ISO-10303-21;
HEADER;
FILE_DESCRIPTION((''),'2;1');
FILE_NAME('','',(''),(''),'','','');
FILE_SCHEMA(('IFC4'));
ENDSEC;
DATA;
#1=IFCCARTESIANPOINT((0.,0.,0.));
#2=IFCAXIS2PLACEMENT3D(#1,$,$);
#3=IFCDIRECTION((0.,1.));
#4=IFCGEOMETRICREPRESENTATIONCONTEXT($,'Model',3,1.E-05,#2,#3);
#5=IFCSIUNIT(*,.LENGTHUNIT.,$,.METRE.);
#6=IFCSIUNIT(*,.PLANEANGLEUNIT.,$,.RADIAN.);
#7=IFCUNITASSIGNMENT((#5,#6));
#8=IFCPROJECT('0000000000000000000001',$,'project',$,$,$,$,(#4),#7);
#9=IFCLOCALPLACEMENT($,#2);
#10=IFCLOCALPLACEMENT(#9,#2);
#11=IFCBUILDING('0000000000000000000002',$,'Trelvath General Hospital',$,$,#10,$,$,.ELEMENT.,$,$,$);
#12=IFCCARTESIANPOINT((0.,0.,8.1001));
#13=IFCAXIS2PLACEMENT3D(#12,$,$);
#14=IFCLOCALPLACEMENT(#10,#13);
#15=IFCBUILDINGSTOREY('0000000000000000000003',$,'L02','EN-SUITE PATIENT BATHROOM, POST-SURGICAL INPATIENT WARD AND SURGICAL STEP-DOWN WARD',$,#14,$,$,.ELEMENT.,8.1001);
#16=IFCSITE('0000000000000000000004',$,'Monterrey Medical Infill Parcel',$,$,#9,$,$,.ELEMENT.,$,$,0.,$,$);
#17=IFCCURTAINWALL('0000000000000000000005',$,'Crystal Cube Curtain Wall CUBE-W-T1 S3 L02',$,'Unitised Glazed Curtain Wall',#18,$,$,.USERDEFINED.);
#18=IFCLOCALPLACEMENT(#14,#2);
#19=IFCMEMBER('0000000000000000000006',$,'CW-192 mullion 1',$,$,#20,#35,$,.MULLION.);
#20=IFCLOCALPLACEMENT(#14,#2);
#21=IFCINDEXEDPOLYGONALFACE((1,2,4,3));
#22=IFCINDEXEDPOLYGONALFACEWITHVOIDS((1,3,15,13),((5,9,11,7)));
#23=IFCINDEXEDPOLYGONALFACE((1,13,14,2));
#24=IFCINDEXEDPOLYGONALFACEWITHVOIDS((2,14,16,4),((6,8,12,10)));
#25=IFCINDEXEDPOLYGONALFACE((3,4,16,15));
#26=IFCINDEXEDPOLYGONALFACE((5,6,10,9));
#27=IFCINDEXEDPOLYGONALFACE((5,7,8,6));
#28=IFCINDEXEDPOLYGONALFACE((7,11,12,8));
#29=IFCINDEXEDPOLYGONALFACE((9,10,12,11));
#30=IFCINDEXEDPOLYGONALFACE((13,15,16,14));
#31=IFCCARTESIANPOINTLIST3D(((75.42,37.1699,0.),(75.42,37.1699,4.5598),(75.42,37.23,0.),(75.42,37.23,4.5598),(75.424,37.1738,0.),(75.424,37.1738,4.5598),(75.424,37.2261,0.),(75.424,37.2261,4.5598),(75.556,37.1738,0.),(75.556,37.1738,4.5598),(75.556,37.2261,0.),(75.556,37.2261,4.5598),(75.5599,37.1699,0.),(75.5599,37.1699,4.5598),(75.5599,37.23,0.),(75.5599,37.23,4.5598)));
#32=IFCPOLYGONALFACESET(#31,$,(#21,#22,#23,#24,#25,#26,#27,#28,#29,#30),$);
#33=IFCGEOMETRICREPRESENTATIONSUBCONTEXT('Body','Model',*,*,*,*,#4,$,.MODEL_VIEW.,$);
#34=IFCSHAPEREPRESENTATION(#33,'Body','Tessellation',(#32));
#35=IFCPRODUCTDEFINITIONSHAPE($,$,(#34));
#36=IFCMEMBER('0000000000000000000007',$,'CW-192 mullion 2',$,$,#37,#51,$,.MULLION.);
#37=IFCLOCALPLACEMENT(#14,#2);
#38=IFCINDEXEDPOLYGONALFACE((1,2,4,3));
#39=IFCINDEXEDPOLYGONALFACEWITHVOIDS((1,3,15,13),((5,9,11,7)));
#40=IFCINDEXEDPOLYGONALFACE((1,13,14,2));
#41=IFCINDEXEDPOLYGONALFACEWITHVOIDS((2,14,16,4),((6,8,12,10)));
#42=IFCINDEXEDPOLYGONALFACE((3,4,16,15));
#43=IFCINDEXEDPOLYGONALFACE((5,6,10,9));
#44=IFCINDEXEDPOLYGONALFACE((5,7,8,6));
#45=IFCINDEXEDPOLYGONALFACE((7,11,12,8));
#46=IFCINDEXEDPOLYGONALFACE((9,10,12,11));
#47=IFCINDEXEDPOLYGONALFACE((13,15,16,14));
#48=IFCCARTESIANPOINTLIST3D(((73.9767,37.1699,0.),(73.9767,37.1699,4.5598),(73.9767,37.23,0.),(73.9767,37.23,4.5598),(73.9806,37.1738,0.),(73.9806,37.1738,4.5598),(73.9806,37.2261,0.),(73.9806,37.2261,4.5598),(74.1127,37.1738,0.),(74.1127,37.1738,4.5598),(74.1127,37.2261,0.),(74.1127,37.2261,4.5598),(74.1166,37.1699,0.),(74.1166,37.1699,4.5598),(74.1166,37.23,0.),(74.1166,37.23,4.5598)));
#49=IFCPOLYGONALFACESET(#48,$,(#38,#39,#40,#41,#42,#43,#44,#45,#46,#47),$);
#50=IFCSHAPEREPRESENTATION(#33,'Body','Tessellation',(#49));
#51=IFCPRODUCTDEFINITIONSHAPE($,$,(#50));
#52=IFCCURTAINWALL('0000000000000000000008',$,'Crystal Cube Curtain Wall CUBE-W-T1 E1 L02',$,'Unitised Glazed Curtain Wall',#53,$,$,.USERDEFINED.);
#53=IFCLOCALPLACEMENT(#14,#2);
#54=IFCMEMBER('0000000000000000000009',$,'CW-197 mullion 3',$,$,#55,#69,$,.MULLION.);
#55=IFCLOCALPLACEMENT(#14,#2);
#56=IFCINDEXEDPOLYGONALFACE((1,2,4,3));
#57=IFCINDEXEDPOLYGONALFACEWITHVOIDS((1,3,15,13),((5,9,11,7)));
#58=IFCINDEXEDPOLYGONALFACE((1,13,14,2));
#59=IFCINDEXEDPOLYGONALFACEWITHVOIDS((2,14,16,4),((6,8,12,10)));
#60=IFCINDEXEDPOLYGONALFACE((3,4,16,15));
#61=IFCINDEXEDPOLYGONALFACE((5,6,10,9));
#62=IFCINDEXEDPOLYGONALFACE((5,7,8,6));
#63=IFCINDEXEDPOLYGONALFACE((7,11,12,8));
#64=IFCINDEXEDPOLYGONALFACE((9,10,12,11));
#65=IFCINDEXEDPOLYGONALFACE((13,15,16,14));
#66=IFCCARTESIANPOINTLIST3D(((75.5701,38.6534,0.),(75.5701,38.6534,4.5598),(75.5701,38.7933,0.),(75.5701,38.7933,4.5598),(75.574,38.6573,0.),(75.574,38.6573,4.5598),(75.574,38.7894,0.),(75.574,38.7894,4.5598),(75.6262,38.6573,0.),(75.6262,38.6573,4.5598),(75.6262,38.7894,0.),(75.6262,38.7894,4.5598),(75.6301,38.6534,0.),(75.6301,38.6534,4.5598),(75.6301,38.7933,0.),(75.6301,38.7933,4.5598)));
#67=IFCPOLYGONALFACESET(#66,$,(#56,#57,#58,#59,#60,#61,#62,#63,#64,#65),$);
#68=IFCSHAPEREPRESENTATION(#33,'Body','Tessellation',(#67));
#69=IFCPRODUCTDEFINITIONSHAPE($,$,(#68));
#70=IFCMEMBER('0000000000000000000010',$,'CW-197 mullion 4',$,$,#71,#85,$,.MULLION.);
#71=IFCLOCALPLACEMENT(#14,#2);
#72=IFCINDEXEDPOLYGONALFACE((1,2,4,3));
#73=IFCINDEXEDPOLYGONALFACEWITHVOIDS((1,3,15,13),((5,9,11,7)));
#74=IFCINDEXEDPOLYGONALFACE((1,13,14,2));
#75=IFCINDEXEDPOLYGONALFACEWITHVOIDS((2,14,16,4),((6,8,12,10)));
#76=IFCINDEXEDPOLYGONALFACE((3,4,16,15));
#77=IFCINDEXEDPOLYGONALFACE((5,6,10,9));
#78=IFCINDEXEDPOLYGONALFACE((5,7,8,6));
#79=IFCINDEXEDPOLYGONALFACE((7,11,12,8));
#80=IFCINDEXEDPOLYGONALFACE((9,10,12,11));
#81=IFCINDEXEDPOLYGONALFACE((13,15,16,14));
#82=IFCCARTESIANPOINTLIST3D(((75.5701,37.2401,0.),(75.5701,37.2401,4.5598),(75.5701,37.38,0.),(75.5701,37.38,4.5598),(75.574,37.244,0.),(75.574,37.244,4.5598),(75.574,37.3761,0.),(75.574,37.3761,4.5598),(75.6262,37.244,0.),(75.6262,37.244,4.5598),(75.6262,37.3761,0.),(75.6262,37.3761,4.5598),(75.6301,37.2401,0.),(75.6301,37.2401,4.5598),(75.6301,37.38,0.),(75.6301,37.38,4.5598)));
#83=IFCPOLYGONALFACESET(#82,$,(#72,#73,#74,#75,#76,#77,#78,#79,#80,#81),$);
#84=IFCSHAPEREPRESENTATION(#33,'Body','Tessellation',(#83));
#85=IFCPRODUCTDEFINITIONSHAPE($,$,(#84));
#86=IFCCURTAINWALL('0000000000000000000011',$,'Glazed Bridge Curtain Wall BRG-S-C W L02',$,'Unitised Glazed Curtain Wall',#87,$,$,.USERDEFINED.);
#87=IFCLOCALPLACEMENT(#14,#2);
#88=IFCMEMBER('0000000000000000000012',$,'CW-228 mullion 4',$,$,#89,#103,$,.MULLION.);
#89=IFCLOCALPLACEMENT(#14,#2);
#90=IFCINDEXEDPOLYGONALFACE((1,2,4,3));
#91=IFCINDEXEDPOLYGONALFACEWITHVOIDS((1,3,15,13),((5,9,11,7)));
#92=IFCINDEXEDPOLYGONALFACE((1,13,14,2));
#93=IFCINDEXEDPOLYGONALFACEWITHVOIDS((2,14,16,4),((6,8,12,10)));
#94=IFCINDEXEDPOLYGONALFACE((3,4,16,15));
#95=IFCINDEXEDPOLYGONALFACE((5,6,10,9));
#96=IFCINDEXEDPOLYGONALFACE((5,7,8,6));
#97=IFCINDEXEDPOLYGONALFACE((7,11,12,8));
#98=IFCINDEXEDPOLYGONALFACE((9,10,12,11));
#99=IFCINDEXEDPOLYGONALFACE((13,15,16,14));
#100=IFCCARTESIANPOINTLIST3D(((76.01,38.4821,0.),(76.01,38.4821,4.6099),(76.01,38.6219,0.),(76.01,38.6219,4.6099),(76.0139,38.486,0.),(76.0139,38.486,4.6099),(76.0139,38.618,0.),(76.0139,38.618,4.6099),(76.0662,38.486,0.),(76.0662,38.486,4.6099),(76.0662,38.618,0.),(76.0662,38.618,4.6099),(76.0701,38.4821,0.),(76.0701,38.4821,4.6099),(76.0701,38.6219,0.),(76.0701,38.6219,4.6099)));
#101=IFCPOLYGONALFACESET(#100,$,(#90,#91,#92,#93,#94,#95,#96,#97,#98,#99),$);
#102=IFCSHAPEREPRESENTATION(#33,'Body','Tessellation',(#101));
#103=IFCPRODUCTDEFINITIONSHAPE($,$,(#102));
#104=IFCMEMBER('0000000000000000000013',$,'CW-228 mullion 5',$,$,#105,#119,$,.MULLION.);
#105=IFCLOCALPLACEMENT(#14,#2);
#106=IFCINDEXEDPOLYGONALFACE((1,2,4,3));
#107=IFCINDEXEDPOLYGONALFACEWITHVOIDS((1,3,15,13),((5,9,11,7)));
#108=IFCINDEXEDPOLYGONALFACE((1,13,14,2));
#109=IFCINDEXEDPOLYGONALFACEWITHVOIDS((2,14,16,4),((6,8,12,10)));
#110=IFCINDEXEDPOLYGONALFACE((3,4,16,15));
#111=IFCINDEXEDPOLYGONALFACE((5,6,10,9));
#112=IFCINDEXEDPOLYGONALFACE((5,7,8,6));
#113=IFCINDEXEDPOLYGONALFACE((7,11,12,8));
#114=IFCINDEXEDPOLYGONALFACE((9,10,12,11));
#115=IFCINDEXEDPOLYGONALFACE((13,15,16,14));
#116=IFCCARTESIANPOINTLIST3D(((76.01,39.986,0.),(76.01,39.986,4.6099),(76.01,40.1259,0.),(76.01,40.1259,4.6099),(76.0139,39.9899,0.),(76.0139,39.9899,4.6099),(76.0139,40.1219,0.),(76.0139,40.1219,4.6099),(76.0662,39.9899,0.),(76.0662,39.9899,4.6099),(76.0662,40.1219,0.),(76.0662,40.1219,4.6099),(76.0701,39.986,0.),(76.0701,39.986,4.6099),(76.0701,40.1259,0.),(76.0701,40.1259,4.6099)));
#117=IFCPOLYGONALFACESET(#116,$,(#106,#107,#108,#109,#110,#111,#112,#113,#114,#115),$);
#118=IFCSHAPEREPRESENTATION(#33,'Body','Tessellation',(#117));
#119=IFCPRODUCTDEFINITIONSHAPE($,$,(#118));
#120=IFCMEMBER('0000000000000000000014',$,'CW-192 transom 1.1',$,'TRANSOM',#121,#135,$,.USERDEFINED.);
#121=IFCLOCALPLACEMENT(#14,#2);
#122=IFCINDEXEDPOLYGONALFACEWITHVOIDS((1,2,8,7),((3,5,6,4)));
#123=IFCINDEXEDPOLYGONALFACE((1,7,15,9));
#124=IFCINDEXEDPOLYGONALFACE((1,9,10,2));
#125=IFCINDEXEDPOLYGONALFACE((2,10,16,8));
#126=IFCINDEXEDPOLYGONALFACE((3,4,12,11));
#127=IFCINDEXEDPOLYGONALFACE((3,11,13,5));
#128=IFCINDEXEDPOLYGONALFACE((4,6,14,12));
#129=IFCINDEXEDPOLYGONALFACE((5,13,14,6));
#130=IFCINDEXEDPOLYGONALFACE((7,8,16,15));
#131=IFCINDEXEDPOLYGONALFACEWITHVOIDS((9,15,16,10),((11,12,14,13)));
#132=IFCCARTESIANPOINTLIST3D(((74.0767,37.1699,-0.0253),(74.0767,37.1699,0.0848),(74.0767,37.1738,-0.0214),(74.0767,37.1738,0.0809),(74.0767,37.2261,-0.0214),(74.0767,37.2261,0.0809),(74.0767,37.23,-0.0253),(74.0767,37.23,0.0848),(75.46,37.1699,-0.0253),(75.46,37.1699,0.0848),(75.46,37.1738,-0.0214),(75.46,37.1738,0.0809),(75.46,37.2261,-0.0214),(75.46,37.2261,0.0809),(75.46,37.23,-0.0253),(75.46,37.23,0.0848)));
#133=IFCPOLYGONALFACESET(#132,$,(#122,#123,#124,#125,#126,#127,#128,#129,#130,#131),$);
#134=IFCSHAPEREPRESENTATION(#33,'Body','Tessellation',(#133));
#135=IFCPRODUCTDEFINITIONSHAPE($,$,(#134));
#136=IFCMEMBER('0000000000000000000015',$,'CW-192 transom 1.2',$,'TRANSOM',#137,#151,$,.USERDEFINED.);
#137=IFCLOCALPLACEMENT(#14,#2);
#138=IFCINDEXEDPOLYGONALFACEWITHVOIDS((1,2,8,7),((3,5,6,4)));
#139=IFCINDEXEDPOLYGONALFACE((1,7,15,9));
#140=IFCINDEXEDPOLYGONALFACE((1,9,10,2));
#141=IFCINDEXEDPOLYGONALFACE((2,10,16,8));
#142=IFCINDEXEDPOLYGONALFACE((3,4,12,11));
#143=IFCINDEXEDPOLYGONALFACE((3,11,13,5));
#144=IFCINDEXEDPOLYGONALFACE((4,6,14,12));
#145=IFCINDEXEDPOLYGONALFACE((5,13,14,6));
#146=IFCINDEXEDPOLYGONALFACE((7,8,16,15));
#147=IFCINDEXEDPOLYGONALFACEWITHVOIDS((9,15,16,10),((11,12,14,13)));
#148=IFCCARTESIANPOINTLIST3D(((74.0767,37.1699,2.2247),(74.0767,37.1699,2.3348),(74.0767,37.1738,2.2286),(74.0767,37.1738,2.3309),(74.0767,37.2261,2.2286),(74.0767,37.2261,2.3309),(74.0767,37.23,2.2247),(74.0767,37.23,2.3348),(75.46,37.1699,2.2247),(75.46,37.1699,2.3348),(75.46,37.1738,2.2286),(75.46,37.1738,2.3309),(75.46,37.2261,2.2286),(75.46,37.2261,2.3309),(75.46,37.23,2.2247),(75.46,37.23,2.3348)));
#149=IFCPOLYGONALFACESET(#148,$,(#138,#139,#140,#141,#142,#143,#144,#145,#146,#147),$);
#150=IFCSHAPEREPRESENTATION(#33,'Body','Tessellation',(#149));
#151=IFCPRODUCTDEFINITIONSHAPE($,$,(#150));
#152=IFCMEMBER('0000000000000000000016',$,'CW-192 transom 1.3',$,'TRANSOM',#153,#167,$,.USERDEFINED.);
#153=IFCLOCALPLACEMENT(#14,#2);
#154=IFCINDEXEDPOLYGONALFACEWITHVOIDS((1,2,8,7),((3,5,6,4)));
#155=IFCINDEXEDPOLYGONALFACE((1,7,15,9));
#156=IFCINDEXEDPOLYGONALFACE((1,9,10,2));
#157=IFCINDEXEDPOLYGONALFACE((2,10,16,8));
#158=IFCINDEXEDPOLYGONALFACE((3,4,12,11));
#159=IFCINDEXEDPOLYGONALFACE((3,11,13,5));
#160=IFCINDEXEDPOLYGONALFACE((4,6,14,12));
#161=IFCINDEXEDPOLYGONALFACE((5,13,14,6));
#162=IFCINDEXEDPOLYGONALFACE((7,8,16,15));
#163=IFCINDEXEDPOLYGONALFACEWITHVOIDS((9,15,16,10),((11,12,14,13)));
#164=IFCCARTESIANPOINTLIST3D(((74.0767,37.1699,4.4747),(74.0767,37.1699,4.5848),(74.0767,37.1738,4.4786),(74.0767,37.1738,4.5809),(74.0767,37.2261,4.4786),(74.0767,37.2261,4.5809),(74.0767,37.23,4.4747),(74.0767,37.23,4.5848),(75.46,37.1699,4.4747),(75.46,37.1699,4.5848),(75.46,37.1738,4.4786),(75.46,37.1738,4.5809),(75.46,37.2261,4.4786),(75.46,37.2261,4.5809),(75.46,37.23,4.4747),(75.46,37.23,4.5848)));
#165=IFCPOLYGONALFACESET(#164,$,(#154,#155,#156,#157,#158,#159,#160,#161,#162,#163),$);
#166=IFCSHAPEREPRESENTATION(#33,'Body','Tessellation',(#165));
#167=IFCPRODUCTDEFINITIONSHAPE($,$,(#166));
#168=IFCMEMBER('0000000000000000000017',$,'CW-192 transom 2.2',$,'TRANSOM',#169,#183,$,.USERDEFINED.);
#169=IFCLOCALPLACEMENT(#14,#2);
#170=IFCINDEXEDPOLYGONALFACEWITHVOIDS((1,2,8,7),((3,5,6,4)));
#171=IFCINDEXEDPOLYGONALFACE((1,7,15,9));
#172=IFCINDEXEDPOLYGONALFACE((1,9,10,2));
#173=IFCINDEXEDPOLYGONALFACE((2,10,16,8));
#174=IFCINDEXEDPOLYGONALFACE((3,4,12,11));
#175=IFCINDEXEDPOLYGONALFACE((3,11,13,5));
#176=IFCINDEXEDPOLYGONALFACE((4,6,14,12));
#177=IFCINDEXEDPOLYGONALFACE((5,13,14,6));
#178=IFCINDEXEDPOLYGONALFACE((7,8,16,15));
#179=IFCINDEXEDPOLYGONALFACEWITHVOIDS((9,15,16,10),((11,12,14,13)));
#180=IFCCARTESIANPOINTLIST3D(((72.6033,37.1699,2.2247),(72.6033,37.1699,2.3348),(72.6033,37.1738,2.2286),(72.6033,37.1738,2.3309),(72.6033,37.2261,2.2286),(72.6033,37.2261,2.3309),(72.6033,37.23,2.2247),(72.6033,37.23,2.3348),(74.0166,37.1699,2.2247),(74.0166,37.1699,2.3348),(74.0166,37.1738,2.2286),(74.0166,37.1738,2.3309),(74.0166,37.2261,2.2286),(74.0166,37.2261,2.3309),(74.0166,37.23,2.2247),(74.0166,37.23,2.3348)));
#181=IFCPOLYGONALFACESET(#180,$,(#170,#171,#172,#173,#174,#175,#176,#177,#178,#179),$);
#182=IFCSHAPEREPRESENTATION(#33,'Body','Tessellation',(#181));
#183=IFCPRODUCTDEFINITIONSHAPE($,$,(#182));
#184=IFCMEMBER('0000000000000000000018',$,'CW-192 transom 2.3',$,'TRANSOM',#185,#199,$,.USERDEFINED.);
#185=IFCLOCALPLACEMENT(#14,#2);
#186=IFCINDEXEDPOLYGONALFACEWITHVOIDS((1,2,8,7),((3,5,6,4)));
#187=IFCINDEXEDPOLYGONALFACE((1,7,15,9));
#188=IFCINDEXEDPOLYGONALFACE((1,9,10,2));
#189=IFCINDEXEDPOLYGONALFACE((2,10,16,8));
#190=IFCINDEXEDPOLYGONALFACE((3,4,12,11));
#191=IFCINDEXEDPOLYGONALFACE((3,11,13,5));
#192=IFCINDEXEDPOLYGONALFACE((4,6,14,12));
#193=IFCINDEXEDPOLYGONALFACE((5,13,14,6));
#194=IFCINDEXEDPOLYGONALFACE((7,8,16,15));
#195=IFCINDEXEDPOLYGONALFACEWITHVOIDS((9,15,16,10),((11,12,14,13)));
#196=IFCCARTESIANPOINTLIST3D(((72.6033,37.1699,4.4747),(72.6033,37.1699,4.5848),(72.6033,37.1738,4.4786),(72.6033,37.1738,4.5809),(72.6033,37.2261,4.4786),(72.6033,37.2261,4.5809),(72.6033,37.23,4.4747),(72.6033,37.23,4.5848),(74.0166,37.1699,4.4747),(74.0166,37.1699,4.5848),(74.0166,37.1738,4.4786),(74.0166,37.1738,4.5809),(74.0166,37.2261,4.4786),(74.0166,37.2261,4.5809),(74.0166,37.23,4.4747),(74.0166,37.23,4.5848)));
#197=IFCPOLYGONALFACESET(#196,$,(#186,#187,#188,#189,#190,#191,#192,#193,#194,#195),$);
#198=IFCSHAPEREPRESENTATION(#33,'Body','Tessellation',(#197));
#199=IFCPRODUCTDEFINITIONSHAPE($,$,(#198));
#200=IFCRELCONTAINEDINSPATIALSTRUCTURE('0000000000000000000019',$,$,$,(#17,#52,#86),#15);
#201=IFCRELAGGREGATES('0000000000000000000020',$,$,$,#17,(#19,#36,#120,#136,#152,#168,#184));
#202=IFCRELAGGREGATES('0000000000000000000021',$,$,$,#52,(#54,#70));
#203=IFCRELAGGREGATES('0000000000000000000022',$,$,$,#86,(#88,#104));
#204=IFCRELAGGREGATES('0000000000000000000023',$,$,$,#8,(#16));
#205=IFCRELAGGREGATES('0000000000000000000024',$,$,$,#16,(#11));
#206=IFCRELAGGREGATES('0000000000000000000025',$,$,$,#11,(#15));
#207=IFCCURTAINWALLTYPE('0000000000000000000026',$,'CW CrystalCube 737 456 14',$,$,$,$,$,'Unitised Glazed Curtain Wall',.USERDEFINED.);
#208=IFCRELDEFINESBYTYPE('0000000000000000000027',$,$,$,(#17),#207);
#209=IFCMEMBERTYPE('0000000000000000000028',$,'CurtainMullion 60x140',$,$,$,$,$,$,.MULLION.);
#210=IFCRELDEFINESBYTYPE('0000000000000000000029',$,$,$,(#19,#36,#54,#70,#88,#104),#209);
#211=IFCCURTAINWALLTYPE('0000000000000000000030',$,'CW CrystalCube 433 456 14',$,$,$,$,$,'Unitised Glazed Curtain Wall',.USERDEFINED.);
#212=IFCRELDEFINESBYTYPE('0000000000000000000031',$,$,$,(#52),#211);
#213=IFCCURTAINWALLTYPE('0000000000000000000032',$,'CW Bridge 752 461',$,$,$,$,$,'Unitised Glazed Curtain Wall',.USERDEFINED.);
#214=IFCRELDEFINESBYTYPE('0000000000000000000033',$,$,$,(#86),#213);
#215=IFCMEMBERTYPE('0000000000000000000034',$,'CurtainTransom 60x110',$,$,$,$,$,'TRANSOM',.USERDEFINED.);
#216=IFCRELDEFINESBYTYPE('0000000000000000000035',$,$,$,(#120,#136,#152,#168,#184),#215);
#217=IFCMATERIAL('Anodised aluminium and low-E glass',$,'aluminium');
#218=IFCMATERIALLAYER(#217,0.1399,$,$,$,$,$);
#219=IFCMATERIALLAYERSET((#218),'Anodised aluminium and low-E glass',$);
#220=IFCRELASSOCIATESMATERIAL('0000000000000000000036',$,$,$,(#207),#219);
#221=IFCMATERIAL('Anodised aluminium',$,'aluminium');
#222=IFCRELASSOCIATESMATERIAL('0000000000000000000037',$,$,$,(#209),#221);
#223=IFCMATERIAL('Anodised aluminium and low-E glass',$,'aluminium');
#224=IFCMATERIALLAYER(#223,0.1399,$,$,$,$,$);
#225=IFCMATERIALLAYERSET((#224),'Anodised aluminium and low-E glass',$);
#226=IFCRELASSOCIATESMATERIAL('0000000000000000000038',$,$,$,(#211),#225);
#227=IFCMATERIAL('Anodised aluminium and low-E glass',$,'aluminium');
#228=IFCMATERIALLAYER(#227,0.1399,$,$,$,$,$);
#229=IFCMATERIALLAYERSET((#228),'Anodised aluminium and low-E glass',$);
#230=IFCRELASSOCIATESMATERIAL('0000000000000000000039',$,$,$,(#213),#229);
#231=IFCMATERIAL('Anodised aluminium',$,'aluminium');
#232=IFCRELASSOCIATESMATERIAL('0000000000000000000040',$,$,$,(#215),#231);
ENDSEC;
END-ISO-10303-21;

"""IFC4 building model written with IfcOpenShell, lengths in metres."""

from ifc_helpers import new_model, si_unit, direction, frame, origin, origin_2d, place, context, subcontext, project, spatial, hollow_rectangle, extrude, material, layer, layer_set, material_profile, profile_set, type_object, element, aggregate, save


model = new_model("IFC4")

# Units and contexts
model_context = context("Model", 3, precision=1e-05, world=origin(), true_north=direction((0.0, 1.0)))
body_context = subcontext(model_context, "Body", "Model", "MODEL_VIEW")
ifc_project = project(units=[si_unit("LENGTHUNIT", "METRE"), si_unit("PLANEANGLEUNIT", "RADIAN")], contexts=[model_context])

# Site, building, storey
site_placement = place(None, origin())
site = spatial("IfcSite", under=ifc_project, at=site_placement, Name="Monterrey Medical Infill Parcel", CompositionType="ELEMENT", RefElevation=0.0)
building_placement = place(site_placement, origin())
building = spatial("IfcBuilding", under=site, at=building_placement, Name="Trelvath General Hospital", CompositionType="ELEMENT")
storey_placement = place(building_placement, frame((0.0, 0.0, 8.1001)))
storey = spatial("IfcBuildingStorey", under=building, at=storey_placement, Name="L02", Description="EN-SUITE PATIENT BATHROOM, POST-SURGICAL INPATIENT WARD AND SURGICAL STEP-DOWN WARD", CompositionType="ELEMENT", Elevation=8.1001)

# Curtain walls, members
ifc_material_1 = material(Name="Anodised aluminium and low-E glass", Category="aluminium")
ifc_layer_1 = layer(ifc_material_1, 0.1399)
ifc_layer_set_1 = layer_set([ifc_layer_1], Name="Anodised aluminium and low-E glass")
curtain_wall_type_1 = type_object("IfcCurtainWallType", Name="CW CrystalCube 737 456 14", ElementType="Unitised Glazed Curtain Wall", PredefinedType="USERDEFINED", material=ifc_layer_set_1)
curtain_wall_1_placement = place(storey_placement, origin())
curtain_wall_1 = element("IfcCurtainWall", 1, at=curtain_wall_1_placement, inside=storey, type_object=curtain_wall_type_1, Name="Crystal Cube Curtain Wall CUBE-W-T1 S3 L02", ObjectType="Unitised Glazed Curtain Wall", PredefinedType="USERDEFINED")
ifc_material_2 = material(Name="Anodised aluminium", Category="aluminium")
ifc_material_profile_1 = material_profile(ifc_material_2, hollow_rectangle(XDim=0.0601, YDim=0.1399, WallThickness=0.0039, at=origin_2d()), Name="RHS60x140x4")
ifc_profile_set_1 = profile_set([ifc_material_profile_1], Name="Anodised aluminium")
member_type_1 = type_object("IfcMemberType", Name="CurtainMullion 60x140", PredefinedType="MULLION", material=ifc_profile_set_1)
member_1_placement = place(storey_placement, frame((75.49, 37.2, 0.0), z_axis=(0.0, 0.0, 1.0), x_axis=(0.0, -1.0, 0.0)))
member_1 = element("IfcMember", 2, at=member_1_placement, type_object=member_type_1, Name="CW-192 mullion 1", PredefinedType="MULLION", context=body_context, shape_type="SweptSolid", body=[
    extrude(hollow_rectangle(XDim=0.0601, YDim=0.1399, WallThickness=0.0039, at=origin_2d()), origin(), (0.0, 0.0, 1.0), 4.5598),
])
member_2_placement = place(storey_placement, frame((74.0466, 37.2, 0.0), z_axis=(0.0, 0.0, 1.0), x_axis=(0.0, -1.0, 0.0)))
member_2 = element("IfcMember", 3, at=member_2_placement, type_object=member_type_1, Name="CW-192 mullion 2", PredefinedType="MULLION", context=body_context, shape_type="SweptSolid", body=[
    extrude(hollow_rectangle(XDim=0.0601, YDim=0.1399, WallThickness=0.0039, at=origin_2d()), origin(), (0.0, 0.0, 1.0), 4.5598),
])
ifc_material_3 = material(Name="Anodised aluminium and low-E glass", Category="aluminium")
ifc_layer_2 = layer(ifc_material_3, 0.1399)
ifc_layer_set_2 = layer_set([ifc_layer_2], Name="Anodised aluminium and low-E glass")
curtain_wall_type_2 = type_object("IfcCurtainWallType", Name="CW CrystalCube 433 456 14", ElementType="Unitised Glazed Curtain Wall", PredefinedType="USERDEFINED", material=ifc_layer_set_2)
curtain_wall_2_placement = place(storey_placement, origin())
curtain_wall_2 = element("IfcCurtainWall", 4, at=curtain_wall_2_placement, inside=storey, type_object=curtain_wall_type_2, Name="Crystal Cube Curtain Wall CUBE-W-T1 E1 L02", ObjectType="Unitised Glazed Curtain Wall", PredefinedType="USERDEFINED")
member_3_placement = place(storey_placement, frame((75.6001, 38.7234, 0.0), z_axis=(0.0, 0.0, 1.0), x_axis=(1.0, 0.0, 0.0)))
member_3 = element("IfcMember", 5, at=member_3_placement, type_object=member_type_1, Name="CW-197 mullion 3", PredefinedType="MULLION", context=body_context, shape_type="SweptSolid", body=[
    extrude(hollow_rectangle(XDim=0.0601, YDim=0.1399, WallThickness=0.0039, at=origin_2d()), origin(), (0.0, 0.0, 1.0), 4.5598),
])
member_4_placement = place(storey_placement, frame((75.6001, 37.3101, 0.0), z_axis=(0.0, 0.0, 1.0), x_axis=(1.0, 0.0, 0.0)))
member_4 = element("IfcMember", 6, at=member_4_placement, type_object=member_type_1, Name="CW-197 mullion 4", PredefinedType="MULLION", context=body_context, shape_type="SweptSolid", body=[
    extrude(hollow_rectangle(XDim=0.0601, YDim=0.1399, WallThickness=0.0039, at=origin_2d()), origin(), (0.0, 0.0, 1.0), 4.5598),
])
ifc_material_4 = material(Name="Anodised aluminium and low-E glass", Category="aluminium")
ifc_layer_3 = layer(ifc_material_4, 0.1399)
ifc_layer_set_3 = layer_set([ifc_layer_3], Name="Anodised aluminium and low-E glass")
curtain_wall_type_3 = type_object("IfcCurtainWallType", Name="CW Bridge 752 461", ElementType="Unitised Glazed Curtain Wall", PredefinedType="USERDEFINED", material=ifc_layer_set_3)
curtain_wall_3_placement = place(storey_placement, origin())
curtain_wall_3 = element("IfcCurtainWall", 7, at=curtain_wall_3_placement, inside=storey, type_object=curtain_wall_type_3, Name="Glazed Bridge Curtain Wall BRG-S-C W L02", ObjectType="Unitised Glazed Curtain Wall", PredefinedType="USERDEFINED")
member_5_placement = place(storey_placement, frame((76.04, 38.552, 0.0), z_axis=(0.0, 0.0, 1.0), x_axis=(-1.0, 0.0, 0.0)))
member_5 = element("IfcMember", 8, at=member_5_placement, type_object=member_type_1, Name="CW-228 mullion 4", PredefinedType="MULLION", context=body_context, shape_type="SweptSolid", body=[
    extrude(hollow_rectangle(XDim=0.0601, YDim=0.1399, WallThickness=0.0039, at=origin_2d()), origin(), (0.0, 0.0, 1.0), 4.6099),
])
member_6_placement = place(storey_placement, frame((76.04, 40.0559, 0.0), z_axis=(0.0, 0.0, 1.0), x_axis=(-1.0, 0.0, 0.0)))
member_6 = element("IfcMember", 9, at=member_6_placement, type_object=member_type_1, Name="CW-228 mullion 5", PredefinedType="MULLION", context=body_context, shape_type="SweptSolid", body=[
    extrude(hollow_rectangle(XDim=0.0601, YDim=0.1399, WallThickness=0.0039, at=origin_2d()), origin(), (0.0, 0.0, 1.0), 4.6099),
])

# Members
ifc_material_5 = material(Name="Anodised aluminium", Category="aluminium")
ifc_material_profile_2 = material_profile(ifc_material_5, hollow_rectangle(XDim=0.0601, YDim=0.1101, WallThickness=0.0039, at=origin_2d()), Name="RHS60x110x4")
ifc_profile_set_2 = profile_set([ifc_material_profile_2], Name="Anodised aluminium")
member_type_2 = type_object("IfcMemberType", Name="CurtainTransom 60x110", ElementType="TRANSOM", PredefinedType="USERDEFINED", material=ifc_profile_set_2)
member_7_placement = place(storey_placement, frame((75.46, 37.2, 0.0298), z_axis=(-1.0, 0.0, 0.0), x_axis=(0.0, -1.0, 0.0)))
member_7 = element("IfcMember", 10, at=member_7_placement, type_object=member_type_2, Name="CW-192 transom 1.1", ObjectType="TRANSOM", PredefinedType="USERDEFINED", context=body_context, shape_type="SweptSolid", body=[
    extrude(hollow_rectangle(XDim=0.0601, YDim=0.1101, WallThickness=0.0039, at=origin_2d()), origin(), (0.0, 0.0, 1.0), 1.3833),
])
member_8_placement = place(storey_placement, frame((75.46, 37.2, 2.2798), z_axis=(-1.0, 0.0, 0.0), x_axis=(0.0, -1.0, 0.0)))
member_8 = element("IfcMember", 11, at=member_8_placement, type_object=member_type_2, Name="CW-192 transom 1.2", ObjectType="TRANSOM", PredefinedType="USERDEFINED", context=body_context, shape_type="SweptSolid", body=[
    extrude(hollow_rectangle(XDim=0.0601, YDim=0.1101, WallThickness=0.0039, at=origin_2d()), origin(), (0.0, 0.0, 1.0), 1.3833),
])
member_9_placement = place(storey_placement, frame((75.46, 37.2, 4.5298), z_axis=(-1.0, 0.0, 0.0), x_axis=(0.0, -1.0, 0.0)))
member_9 = element("IfcMember", 12, at=member_9_placement, type_object=member_type_2, Name="CW-192 transom 1.3", ObjectType="TRANSOM", PredefinedType="USERDEFINED", context=body_context, shape_type="SweptSolid", body=[
    extrude(hollow_rectangle(XDim=0.0601, YDim=0.1101, WallThickness=0.0039, at=origin_2d()), origin(), (0.0, 0.0, 1.0), 1.3833),
])
member_10_placement = place(storey_placement, frame((74.0166, 37.2, 2.2798), z_axis=(-1.0, 0.0, 0.0), x_axis=(0.0, -1.0, 0.0)))
member_10 = element("IfcMember", 13, at=member_10_placement, type_object=member_type_2, Name="CW-192 transom 2.2", ObjectType="TRANSOM", PredefinedType="USERDEFINED", context=body_context, shape_type="SweptSolid", body=[
    extrude(hollow_rectangle(XDim=0.0601, YDim=0.1101, WallThickness=0.0039, at=origin_2d()), origin(), (0.0, 0.0, 1.0), 1.4133),
])
member_11_placement = place(storey_placement, frame((74.0166, 37.2, 4.5298), z_axis=(-1.0, 0.0, 0.0), x_axis=(0.0, -1.0, 0.0)))
member_11 = element("IfcMember", 14, at=member_11_placement, type_object=member_type_2, Name="CW-192 transom 2.3", ObjectType="TRANSOM", PredefinedType="USERDEFINED", context=body_context, shape_type="SweptSolid", body=[
    extrude(hollow_rectangle(XDim=0.0601, YDim=0.1101, WallThickness=0.0039, at=origin_2d()), origin(), (0.0, 0.0, 1.0), 1.4133),
])

aggregate(curtain_wall_1, [member_1, member_2, member_7, member_8, member_9, member_10, member_11])
aggregate(curtain_wall_2, [member_3, member_4])
aggregate(curtain_wall_3, [member_5, member_6])

save(model, "model.ifc")
